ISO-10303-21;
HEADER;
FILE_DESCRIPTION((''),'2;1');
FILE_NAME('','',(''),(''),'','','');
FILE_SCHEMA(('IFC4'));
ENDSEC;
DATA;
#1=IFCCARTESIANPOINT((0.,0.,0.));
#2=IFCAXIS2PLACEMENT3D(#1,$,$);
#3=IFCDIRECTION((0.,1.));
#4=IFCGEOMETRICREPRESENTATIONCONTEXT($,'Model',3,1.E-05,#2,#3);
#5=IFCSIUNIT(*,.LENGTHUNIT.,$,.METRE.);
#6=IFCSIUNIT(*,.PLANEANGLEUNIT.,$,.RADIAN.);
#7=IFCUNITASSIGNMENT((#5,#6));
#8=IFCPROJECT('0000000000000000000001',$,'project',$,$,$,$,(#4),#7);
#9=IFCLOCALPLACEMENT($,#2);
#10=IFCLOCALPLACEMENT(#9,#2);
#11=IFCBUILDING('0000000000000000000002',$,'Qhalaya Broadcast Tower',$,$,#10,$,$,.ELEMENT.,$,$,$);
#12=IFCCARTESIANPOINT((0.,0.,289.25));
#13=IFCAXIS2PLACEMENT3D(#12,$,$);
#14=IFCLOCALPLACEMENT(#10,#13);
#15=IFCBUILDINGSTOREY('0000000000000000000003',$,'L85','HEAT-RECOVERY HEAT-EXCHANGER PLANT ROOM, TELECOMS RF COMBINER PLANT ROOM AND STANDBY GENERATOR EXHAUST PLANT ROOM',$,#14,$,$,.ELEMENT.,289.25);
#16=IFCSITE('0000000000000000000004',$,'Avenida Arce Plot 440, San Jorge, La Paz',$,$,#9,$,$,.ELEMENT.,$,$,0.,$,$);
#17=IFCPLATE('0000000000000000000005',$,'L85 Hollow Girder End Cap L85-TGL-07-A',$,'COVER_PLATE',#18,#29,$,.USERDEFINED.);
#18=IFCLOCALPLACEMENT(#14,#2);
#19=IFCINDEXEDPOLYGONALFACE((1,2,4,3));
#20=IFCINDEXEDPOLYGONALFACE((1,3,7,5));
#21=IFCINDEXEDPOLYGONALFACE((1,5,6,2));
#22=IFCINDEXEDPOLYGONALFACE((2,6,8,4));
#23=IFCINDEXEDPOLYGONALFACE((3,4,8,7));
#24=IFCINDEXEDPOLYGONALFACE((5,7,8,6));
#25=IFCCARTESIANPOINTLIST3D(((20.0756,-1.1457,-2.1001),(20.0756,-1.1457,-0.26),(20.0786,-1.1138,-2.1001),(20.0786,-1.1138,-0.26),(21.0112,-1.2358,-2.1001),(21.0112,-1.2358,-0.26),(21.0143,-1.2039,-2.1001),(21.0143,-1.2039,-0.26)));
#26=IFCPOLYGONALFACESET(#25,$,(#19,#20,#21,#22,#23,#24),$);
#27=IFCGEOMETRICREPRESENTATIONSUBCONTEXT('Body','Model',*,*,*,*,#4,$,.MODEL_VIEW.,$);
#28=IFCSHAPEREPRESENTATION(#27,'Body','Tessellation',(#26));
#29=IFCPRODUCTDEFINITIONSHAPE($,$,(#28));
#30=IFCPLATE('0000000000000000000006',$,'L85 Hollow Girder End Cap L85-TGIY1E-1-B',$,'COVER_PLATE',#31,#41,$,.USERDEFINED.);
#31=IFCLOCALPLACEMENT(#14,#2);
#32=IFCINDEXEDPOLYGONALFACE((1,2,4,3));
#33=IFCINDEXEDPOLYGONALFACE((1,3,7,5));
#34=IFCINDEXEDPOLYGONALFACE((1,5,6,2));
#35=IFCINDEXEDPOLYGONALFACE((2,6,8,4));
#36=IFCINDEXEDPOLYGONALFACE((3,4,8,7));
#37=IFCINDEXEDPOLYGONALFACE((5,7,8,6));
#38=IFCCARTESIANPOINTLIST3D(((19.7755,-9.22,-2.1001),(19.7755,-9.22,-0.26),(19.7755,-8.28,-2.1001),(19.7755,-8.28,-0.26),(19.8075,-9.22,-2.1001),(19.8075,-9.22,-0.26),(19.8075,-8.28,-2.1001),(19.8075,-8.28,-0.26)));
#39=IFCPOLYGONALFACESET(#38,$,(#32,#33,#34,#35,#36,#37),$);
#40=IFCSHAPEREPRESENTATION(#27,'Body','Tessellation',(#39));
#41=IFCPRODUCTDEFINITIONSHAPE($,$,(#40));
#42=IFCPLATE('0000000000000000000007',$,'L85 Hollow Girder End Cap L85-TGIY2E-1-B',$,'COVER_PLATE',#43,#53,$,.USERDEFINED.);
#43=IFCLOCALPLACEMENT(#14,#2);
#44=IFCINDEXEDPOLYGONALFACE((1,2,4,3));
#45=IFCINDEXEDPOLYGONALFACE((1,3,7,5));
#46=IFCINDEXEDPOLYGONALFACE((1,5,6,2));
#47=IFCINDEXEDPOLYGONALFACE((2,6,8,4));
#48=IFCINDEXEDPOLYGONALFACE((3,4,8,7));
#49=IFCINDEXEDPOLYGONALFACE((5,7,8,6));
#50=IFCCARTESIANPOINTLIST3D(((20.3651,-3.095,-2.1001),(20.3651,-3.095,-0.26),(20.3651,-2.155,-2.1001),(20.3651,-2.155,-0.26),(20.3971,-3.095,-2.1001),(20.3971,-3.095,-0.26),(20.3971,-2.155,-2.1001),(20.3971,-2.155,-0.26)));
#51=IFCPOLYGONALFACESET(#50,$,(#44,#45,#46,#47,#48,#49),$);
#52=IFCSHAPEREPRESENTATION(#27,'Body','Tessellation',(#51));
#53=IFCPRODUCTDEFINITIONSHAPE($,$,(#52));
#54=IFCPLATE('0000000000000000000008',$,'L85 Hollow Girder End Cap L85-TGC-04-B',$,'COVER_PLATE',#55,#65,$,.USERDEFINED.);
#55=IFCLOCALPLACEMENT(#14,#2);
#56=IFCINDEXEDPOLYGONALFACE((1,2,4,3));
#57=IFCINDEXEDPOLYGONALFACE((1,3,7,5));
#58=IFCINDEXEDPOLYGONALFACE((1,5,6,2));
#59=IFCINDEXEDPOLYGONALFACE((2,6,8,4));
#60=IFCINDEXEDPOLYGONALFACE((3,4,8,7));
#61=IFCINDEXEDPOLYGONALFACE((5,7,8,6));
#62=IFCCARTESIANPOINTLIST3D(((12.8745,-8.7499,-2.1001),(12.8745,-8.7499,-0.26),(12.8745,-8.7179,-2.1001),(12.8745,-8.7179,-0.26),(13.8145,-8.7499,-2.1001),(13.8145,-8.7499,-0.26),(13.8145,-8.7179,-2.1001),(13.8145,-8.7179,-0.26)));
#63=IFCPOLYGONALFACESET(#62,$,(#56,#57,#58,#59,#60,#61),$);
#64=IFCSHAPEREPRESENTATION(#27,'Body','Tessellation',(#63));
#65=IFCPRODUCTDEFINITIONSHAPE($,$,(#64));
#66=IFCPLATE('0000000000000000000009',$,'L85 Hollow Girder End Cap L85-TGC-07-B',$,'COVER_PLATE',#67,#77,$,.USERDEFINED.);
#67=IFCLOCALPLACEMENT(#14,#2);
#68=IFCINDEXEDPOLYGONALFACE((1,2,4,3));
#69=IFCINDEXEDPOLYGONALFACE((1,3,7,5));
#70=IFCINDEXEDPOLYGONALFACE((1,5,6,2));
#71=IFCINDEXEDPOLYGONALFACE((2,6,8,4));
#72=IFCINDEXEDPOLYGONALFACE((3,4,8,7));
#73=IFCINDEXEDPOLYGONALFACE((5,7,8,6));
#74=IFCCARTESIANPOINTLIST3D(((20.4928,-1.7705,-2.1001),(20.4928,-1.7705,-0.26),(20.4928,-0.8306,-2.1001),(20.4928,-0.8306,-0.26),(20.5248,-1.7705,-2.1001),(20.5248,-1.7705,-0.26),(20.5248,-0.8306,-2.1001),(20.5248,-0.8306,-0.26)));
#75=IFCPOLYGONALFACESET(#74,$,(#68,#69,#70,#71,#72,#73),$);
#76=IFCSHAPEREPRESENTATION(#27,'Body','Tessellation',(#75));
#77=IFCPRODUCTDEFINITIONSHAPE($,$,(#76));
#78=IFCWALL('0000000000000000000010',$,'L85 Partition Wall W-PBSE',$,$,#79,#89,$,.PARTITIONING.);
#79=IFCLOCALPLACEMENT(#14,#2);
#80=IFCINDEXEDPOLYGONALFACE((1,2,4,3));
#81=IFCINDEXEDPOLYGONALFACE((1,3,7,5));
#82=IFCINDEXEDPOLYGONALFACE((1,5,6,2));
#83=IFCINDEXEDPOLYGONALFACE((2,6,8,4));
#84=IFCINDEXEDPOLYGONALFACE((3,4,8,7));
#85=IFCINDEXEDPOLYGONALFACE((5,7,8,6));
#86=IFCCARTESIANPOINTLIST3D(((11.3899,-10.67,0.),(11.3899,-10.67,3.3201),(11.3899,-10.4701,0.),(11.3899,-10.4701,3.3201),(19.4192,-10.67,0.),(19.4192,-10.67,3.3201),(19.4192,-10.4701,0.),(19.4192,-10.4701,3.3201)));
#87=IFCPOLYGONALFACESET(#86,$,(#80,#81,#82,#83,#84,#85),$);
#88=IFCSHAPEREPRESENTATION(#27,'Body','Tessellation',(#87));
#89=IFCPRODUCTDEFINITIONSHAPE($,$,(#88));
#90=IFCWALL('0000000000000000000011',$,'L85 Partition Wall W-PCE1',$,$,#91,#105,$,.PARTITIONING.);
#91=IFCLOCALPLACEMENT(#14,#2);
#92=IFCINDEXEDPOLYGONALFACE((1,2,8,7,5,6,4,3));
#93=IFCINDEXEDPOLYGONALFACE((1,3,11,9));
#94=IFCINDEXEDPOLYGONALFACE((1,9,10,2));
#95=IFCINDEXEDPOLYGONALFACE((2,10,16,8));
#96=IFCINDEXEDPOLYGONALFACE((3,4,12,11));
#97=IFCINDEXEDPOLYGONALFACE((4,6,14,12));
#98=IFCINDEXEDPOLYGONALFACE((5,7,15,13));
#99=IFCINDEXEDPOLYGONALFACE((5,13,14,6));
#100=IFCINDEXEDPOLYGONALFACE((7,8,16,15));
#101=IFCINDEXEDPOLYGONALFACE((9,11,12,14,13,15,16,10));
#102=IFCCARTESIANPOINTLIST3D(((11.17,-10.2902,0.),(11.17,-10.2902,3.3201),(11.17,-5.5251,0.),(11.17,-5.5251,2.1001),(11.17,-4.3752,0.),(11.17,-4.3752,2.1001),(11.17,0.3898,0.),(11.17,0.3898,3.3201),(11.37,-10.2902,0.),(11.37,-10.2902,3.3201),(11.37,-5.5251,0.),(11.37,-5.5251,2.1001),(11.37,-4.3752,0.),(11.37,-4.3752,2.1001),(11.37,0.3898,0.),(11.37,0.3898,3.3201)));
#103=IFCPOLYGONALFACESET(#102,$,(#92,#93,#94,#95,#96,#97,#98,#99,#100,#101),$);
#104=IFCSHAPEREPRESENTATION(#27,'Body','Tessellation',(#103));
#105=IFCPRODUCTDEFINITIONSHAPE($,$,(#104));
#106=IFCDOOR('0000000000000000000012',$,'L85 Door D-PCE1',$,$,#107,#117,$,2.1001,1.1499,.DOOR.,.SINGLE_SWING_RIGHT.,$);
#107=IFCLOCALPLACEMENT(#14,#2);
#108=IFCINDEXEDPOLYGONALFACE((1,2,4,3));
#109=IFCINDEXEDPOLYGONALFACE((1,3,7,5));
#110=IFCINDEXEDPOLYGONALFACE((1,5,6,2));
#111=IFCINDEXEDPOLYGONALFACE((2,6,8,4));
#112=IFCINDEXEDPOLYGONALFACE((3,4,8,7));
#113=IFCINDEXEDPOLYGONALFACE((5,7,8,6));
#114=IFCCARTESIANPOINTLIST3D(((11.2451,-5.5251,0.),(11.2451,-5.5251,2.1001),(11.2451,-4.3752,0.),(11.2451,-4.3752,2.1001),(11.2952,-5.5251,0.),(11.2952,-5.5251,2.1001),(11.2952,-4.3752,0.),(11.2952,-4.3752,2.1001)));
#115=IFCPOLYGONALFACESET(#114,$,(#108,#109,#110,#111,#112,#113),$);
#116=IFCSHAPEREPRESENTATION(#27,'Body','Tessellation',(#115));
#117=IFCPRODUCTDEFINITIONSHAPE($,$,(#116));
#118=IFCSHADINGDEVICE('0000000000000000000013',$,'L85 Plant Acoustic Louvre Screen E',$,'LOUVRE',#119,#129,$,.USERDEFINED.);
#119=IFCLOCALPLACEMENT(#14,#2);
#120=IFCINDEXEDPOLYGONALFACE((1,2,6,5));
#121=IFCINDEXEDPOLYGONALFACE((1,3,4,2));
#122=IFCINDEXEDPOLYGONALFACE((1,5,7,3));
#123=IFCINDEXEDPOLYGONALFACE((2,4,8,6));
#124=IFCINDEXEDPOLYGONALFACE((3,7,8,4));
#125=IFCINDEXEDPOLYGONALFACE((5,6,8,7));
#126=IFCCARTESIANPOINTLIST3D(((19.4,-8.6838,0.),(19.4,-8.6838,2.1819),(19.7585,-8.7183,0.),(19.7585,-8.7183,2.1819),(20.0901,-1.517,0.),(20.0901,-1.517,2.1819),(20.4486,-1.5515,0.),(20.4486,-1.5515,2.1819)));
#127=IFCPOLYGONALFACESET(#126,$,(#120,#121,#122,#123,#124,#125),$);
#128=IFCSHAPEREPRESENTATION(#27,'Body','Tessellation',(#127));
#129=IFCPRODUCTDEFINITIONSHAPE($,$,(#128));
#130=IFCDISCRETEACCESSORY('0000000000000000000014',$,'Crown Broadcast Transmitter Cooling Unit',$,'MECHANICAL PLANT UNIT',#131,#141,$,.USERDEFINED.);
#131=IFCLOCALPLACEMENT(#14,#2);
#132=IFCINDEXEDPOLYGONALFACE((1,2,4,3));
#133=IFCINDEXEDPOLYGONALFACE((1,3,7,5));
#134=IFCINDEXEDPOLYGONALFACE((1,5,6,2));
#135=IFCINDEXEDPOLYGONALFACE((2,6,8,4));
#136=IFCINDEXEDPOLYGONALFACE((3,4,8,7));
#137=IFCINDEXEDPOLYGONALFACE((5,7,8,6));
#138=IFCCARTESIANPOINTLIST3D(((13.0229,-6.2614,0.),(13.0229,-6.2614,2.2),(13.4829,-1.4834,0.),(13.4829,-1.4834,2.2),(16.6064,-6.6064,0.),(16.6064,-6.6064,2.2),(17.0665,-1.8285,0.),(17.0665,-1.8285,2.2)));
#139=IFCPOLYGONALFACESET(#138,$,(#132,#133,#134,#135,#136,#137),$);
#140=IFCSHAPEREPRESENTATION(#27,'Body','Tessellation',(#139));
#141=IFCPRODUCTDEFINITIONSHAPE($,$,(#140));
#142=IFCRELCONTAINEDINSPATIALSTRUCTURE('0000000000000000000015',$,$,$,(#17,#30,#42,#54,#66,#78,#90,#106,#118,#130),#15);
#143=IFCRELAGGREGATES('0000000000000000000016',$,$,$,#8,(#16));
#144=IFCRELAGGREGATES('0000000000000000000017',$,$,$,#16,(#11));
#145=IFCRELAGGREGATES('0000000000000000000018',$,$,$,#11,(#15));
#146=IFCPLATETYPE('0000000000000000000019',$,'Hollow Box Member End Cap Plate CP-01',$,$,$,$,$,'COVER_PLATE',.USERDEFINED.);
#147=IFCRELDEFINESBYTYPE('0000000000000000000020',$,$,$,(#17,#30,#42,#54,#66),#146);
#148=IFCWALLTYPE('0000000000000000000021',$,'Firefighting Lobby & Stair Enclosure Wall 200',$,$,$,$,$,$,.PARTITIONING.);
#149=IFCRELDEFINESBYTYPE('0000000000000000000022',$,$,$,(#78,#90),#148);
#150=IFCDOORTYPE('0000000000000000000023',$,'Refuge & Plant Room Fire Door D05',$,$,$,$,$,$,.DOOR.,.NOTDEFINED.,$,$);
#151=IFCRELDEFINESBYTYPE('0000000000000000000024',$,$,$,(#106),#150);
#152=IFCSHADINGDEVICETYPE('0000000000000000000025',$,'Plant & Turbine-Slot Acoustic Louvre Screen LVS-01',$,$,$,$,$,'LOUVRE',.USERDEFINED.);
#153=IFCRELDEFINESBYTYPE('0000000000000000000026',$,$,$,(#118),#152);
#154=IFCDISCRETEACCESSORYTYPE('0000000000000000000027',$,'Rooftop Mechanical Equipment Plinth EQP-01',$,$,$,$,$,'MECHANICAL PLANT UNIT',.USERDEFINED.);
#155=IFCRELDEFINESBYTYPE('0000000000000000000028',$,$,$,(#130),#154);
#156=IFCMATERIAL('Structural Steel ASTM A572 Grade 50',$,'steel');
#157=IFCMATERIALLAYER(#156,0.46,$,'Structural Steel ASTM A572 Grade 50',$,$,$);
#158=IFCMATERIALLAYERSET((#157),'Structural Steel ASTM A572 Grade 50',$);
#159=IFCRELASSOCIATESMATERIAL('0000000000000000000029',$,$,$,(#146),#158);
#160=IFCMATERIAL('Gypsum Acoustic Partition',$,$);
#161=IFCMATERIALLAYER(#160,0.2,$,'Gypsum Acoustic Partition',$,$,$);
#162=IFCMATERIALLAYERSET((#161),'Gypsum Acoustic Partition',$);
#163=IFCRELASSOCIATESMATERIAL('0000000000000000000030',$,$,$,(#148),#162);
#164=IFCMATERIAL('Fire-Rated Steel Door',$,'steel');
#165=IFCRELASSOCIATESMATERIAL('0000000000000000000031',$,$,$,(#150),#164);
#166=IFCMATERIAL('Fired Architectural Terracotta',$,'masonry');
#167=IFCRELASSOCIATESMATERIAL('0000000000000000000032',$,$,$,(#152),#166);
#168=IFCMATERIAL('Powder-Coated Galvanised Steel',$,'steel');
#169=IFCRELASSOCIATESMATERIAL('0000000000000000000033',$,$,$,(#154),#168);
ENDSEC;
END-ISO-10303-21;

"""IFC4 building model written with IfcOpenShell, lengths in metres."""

from ifc_helpers import new_model, si_unit, direction, frame, frame_2d, origin, origin_2d, place, context, subcontext, project, spatial, rectangle, extrude, material, layer, layer_set, type_object, element, fill, save


model = new_model("IFC4")

# Units and contexts
model_context = context("Model", 3, precision=1e-05, world=origin(), true_north=direction((0.0, 1.0)))
body_context = subcontext(model_context, "Body", "Model", "MODEL_VIEW")
ifc_project = project(units=[si_unit("LENGTHUNIT", "METRE"), si_unit("PLANEANGLEUNIT", "RADIAN")], contexts=[model_context])

# Site, building, storey
site_placement = place(None, origin())
site = spatial("IfcSite", under=ifc_project, at=site_placement, Name="Avenida Arce Plot 440, San Jorge, La Paz", CompositionType="ELEMENT", RefElevation=0.0)
building_placement = place(site_placement, origin())
building = spatial("IfcBuilding", under=site, at=building_placement, Name="Qhalaya Broadcast Tower", CompositionType="ELEMENT")
storey_placement = place(building_placement, frame((0.0, 0.0, 289.25)))
storey = spatial("IfcBuildingStorey", under=building, at=storey_placement, Name="L85", Description="HEAT-RECOVERY HEAT-EXCHANGER PLANT ROOM, TELECOMS RF COMBINER PLANT ROOM AND STANDBY GENERATOR EXHAUST PLANT ROOM", CompositionType="ELEMENT", Elevation=289.25)

# Shared definitions
ifc_material_1 = material(Name="Structural Steel ASTM A572 Grade 50", Category="steel")

# Plates
ifc_layer_1 = layer(ifc_material_1, 0.46, Name="Structural Steel ASTM A572 Grade 50")
ifc_layer_set_1 = layer_set([ifc_layer_1], Name="Structural Steel ASTM A572 Grade 50")
plate_type = type_object("IfcPlateType", Name="Hollow Box Member End Cap Plate CP-01", ElementType="COVER_PLATE", PredefinedType="USERDEFINED", material=ifc_layer_set_1)
for number, where, z_axis, x_axis, name in (
    (1, (20.5449, -1.1748, -2.1001), (0.0, 0.0, 1.0), (-0.995396, 0.095846, 0.0), "L85 Hollow Girder End Cap L85-TGL-07-A"),
    (2, (19.7915, -8.75, -2.1001), (0.0, 0.0, 1.0), (0.0, 1.0, 0.0), "L85 Hollow Girder End Cap L85-TGIY1E-1-B"),
    (3, (20.3811, -2.625, -2.1001), (0.0, 0.0, 1.0), (0.0, 1.0, 0.0), "L85 Hollow Girder End Cap L85-TGIY2E-1-B"),
    (4, (13.3445, -8.7339, -2.1001), (0.0, 0.0, 1.0), (-1.0, 0.0, 0.0), "L85 Hollow Girder End Cap L85-TGC-04-B"),
    (5, (20.5088, -1.3005, -2.1001), (0.0, 0.0, 1.0), (0.0, 1.0, 0.0), "L85 Hollow Girder End Cap L85-TGC-07-B"),
):
    element("IfcPlate", number, at=place(storey_placement, frame(where, z_axis=z_axis, x_axis=x_axis)), inside=storey, type_object=plate_type, Name=name, ObjectType="COVER_PLATE", PredefinedType="USERDEFINED", context=body_context, shape_type="SweptSolid", body=[
        extrude(rectangle(XDim=0.9399, YDim=0.032, at=origin_2d()), origin(), (0.0, 0.0, 1.0), 1.8401),
    ])

# Wall
ifc_material_2 = material(Name="Gypsum Acoustic Partition")
ifc_layer_2 = layer(ifc_material_2, 0.2, Name="Gypsum Acoustic Partition")
ifc_layer_set_2 = layer_set([ifc_layer_2], Name="Gypsum Acoustic Partition")
wall_type = type_object("IfcWallType", Name="Firefighting Lobby & Stair Enclosure Wall 200", PredefinedType="PARTITIONING", material=ifc_layer_set_2)
wall_1_placement = place(storey_placement, frame((11.3899, -10.5701, 0.0), z_axis=(0.0, 0.0, 1.0), x_axis=(1.0, 0.0, 0.0)))
element("IfcWall", 6, at=wall_1_placement, inside=storey, type_object=wall_type, Name="L85 Partition Wall W-PBSE", PredefinedType="PARTITIONING", context=body_context, shape_type="SweptSolid", body=[
    extrude(rectangle(XDim=8.0293, YDim=0.2, at=frame_2d((4.0146, 0.0))), origin(), (0.0, 0.0, 1.0), 3.3201),
])

# Wall, opening, door
wall_2_placement = place(storey_placement, frame((11.27, -10.29, 0.0), z_axis=(0.0, 0.0, 1.0), x_axis=(0.0, 1.0, 0.0)))
wall_2 = element("IfcWall", 7, at=wall_2_placement, inside=storey, type_object=wall_type, Name="L85 Partition Wall W-PCE1", PredefinedType="PARTITIONING", context=body_context, shape_type="SweptSolid", body=[
    extrude(rectangle(XDim=10.6799, YDim=0.2, at=frame_2d((5.3398, 0.0))), origin(), (0.0, 0.0, 1.0), 3.3201),
])
opening_placement = place(wall_2_placement, frame((4.7649, 0.0, 0.0)))
opening = element("IfcOpeningElement", 8, at=opening_placement, cuts=wall_2, PredefinedType="OPENING", context=body_context, shape_type="SweptSolid", body=[
    extrude(rectangle(XDim=1.1499, YDim=2.1001, at=frame_2d((0.575, 1.05))), frame((0.0, 0.1121, 0.0), z_axis=(0.0, -1.0, 0.0), x_axis=(1.0, 0.0, 0.0)), (0.0, 0.0, 1.0), 0.2239),
])
ifc_material_3 = material(Name="Fire-Rated Steel Door", Category="steel")
door_type = type_object("IfcDoorType", Name="Refuge & Plant Room Fire Door D05", OperationType="NOTDEFINED", PredefinedType="DOOR", material=ifc_material_3)
door_placement = place(opening_placement, origin())
door = element("IfcDoor", 9, at=door_placement, inside=storey, type_object=door_type, Name="L85 Door D-PCE1", OperationType="SINGLE_SWING_RIGHT", OverallHeight=2.1001, OverallWidth=1.1499, PredefinedType="DOOR", context=body_context, shape_type="SweptSolid", body=[
    extrude(rectangle(XDim=1.1499, YDim=2.1001, at=frame_2d((0.575, 1.05))), frame((0.0, 0.0249, 0.0), z_axis=(0.0, -1.0, 0.0), x_axis=(1.0, 0.0, 0.0)), (0.0, 0.0, 1.0), 0.05),
])
fill(opening, door)

# Shading device
ifc_material_4 = material(Name="Fired Architectural Terracotta", Category="masonry")
shading_device_type = type_object("IfcShadingDeviceType", Name="Plant & Turbine-Slot Acoustic Louvre Screen LVS-01", ElementType="LOUVRE", PredefinedType="USERDEFINED", material=ifc_material_4)
shading_device_placement = place(storey_placement, frame((19.9243, -5.1177, 0.0), z_axis=(0.0, 0.0, 1.0), x_axis=(-0.095846, -0.995396, 0.0)))
element("IfcShadingDevice", 10, at=shading_device_placement, inside=storey, type_object=shading_device_type, Name="L85 Plant Acoustic Louvre Screen E", ObjectType="LOUVRE", PredefinedType="USERDEFINED", context=body_context, shape_type="SweptSolid", body=[
    extrude(rectangle(XDim=7.2, YDim=0.3601, at=origin_2d()), origin(), (0.0, 0.0, 1.0), 2.1819),
])

# Discrete accessory
ifc_material_5 = material(Name="Powder-Coated Galvanised Steel", Category="steel")
discrete_accessory_type = type_object("IfcDiscreteAccessoryType", Name="Rooftop Mechanical Equipment Plinth EQP-01", ElementType="MECHANICAL PLANT UNIT", PredefinedType="USERDEFINED", material=ifc_material_5)
discrete_accessory_placement = place(storey_placement, frame((15.0447, -4.0449, 0.0), z_axis=(0.0, 0.0, 1.0), x_axis=(0.995396, -0.095846, 0.0)))
element("IfcDiscreteAccessory", 11, at=discrete_accessory_placement, inside=storey, type_object=discrete_accessory_type, Name="Crown Broadcast Transmitter Cooling Unit", ObjectType="MECHANICAL PLANT UNIT", PredefinedType="USERDEFINED", context=body_context, shape_type="SweptSolid", body=[
    extrude(rectangle(XDim=3.6001, YDim=4.8, at=origin_2d()), origin(), (0.0, 0.0, 1.0), 2.2),
])

save(model, "model.ifc")
